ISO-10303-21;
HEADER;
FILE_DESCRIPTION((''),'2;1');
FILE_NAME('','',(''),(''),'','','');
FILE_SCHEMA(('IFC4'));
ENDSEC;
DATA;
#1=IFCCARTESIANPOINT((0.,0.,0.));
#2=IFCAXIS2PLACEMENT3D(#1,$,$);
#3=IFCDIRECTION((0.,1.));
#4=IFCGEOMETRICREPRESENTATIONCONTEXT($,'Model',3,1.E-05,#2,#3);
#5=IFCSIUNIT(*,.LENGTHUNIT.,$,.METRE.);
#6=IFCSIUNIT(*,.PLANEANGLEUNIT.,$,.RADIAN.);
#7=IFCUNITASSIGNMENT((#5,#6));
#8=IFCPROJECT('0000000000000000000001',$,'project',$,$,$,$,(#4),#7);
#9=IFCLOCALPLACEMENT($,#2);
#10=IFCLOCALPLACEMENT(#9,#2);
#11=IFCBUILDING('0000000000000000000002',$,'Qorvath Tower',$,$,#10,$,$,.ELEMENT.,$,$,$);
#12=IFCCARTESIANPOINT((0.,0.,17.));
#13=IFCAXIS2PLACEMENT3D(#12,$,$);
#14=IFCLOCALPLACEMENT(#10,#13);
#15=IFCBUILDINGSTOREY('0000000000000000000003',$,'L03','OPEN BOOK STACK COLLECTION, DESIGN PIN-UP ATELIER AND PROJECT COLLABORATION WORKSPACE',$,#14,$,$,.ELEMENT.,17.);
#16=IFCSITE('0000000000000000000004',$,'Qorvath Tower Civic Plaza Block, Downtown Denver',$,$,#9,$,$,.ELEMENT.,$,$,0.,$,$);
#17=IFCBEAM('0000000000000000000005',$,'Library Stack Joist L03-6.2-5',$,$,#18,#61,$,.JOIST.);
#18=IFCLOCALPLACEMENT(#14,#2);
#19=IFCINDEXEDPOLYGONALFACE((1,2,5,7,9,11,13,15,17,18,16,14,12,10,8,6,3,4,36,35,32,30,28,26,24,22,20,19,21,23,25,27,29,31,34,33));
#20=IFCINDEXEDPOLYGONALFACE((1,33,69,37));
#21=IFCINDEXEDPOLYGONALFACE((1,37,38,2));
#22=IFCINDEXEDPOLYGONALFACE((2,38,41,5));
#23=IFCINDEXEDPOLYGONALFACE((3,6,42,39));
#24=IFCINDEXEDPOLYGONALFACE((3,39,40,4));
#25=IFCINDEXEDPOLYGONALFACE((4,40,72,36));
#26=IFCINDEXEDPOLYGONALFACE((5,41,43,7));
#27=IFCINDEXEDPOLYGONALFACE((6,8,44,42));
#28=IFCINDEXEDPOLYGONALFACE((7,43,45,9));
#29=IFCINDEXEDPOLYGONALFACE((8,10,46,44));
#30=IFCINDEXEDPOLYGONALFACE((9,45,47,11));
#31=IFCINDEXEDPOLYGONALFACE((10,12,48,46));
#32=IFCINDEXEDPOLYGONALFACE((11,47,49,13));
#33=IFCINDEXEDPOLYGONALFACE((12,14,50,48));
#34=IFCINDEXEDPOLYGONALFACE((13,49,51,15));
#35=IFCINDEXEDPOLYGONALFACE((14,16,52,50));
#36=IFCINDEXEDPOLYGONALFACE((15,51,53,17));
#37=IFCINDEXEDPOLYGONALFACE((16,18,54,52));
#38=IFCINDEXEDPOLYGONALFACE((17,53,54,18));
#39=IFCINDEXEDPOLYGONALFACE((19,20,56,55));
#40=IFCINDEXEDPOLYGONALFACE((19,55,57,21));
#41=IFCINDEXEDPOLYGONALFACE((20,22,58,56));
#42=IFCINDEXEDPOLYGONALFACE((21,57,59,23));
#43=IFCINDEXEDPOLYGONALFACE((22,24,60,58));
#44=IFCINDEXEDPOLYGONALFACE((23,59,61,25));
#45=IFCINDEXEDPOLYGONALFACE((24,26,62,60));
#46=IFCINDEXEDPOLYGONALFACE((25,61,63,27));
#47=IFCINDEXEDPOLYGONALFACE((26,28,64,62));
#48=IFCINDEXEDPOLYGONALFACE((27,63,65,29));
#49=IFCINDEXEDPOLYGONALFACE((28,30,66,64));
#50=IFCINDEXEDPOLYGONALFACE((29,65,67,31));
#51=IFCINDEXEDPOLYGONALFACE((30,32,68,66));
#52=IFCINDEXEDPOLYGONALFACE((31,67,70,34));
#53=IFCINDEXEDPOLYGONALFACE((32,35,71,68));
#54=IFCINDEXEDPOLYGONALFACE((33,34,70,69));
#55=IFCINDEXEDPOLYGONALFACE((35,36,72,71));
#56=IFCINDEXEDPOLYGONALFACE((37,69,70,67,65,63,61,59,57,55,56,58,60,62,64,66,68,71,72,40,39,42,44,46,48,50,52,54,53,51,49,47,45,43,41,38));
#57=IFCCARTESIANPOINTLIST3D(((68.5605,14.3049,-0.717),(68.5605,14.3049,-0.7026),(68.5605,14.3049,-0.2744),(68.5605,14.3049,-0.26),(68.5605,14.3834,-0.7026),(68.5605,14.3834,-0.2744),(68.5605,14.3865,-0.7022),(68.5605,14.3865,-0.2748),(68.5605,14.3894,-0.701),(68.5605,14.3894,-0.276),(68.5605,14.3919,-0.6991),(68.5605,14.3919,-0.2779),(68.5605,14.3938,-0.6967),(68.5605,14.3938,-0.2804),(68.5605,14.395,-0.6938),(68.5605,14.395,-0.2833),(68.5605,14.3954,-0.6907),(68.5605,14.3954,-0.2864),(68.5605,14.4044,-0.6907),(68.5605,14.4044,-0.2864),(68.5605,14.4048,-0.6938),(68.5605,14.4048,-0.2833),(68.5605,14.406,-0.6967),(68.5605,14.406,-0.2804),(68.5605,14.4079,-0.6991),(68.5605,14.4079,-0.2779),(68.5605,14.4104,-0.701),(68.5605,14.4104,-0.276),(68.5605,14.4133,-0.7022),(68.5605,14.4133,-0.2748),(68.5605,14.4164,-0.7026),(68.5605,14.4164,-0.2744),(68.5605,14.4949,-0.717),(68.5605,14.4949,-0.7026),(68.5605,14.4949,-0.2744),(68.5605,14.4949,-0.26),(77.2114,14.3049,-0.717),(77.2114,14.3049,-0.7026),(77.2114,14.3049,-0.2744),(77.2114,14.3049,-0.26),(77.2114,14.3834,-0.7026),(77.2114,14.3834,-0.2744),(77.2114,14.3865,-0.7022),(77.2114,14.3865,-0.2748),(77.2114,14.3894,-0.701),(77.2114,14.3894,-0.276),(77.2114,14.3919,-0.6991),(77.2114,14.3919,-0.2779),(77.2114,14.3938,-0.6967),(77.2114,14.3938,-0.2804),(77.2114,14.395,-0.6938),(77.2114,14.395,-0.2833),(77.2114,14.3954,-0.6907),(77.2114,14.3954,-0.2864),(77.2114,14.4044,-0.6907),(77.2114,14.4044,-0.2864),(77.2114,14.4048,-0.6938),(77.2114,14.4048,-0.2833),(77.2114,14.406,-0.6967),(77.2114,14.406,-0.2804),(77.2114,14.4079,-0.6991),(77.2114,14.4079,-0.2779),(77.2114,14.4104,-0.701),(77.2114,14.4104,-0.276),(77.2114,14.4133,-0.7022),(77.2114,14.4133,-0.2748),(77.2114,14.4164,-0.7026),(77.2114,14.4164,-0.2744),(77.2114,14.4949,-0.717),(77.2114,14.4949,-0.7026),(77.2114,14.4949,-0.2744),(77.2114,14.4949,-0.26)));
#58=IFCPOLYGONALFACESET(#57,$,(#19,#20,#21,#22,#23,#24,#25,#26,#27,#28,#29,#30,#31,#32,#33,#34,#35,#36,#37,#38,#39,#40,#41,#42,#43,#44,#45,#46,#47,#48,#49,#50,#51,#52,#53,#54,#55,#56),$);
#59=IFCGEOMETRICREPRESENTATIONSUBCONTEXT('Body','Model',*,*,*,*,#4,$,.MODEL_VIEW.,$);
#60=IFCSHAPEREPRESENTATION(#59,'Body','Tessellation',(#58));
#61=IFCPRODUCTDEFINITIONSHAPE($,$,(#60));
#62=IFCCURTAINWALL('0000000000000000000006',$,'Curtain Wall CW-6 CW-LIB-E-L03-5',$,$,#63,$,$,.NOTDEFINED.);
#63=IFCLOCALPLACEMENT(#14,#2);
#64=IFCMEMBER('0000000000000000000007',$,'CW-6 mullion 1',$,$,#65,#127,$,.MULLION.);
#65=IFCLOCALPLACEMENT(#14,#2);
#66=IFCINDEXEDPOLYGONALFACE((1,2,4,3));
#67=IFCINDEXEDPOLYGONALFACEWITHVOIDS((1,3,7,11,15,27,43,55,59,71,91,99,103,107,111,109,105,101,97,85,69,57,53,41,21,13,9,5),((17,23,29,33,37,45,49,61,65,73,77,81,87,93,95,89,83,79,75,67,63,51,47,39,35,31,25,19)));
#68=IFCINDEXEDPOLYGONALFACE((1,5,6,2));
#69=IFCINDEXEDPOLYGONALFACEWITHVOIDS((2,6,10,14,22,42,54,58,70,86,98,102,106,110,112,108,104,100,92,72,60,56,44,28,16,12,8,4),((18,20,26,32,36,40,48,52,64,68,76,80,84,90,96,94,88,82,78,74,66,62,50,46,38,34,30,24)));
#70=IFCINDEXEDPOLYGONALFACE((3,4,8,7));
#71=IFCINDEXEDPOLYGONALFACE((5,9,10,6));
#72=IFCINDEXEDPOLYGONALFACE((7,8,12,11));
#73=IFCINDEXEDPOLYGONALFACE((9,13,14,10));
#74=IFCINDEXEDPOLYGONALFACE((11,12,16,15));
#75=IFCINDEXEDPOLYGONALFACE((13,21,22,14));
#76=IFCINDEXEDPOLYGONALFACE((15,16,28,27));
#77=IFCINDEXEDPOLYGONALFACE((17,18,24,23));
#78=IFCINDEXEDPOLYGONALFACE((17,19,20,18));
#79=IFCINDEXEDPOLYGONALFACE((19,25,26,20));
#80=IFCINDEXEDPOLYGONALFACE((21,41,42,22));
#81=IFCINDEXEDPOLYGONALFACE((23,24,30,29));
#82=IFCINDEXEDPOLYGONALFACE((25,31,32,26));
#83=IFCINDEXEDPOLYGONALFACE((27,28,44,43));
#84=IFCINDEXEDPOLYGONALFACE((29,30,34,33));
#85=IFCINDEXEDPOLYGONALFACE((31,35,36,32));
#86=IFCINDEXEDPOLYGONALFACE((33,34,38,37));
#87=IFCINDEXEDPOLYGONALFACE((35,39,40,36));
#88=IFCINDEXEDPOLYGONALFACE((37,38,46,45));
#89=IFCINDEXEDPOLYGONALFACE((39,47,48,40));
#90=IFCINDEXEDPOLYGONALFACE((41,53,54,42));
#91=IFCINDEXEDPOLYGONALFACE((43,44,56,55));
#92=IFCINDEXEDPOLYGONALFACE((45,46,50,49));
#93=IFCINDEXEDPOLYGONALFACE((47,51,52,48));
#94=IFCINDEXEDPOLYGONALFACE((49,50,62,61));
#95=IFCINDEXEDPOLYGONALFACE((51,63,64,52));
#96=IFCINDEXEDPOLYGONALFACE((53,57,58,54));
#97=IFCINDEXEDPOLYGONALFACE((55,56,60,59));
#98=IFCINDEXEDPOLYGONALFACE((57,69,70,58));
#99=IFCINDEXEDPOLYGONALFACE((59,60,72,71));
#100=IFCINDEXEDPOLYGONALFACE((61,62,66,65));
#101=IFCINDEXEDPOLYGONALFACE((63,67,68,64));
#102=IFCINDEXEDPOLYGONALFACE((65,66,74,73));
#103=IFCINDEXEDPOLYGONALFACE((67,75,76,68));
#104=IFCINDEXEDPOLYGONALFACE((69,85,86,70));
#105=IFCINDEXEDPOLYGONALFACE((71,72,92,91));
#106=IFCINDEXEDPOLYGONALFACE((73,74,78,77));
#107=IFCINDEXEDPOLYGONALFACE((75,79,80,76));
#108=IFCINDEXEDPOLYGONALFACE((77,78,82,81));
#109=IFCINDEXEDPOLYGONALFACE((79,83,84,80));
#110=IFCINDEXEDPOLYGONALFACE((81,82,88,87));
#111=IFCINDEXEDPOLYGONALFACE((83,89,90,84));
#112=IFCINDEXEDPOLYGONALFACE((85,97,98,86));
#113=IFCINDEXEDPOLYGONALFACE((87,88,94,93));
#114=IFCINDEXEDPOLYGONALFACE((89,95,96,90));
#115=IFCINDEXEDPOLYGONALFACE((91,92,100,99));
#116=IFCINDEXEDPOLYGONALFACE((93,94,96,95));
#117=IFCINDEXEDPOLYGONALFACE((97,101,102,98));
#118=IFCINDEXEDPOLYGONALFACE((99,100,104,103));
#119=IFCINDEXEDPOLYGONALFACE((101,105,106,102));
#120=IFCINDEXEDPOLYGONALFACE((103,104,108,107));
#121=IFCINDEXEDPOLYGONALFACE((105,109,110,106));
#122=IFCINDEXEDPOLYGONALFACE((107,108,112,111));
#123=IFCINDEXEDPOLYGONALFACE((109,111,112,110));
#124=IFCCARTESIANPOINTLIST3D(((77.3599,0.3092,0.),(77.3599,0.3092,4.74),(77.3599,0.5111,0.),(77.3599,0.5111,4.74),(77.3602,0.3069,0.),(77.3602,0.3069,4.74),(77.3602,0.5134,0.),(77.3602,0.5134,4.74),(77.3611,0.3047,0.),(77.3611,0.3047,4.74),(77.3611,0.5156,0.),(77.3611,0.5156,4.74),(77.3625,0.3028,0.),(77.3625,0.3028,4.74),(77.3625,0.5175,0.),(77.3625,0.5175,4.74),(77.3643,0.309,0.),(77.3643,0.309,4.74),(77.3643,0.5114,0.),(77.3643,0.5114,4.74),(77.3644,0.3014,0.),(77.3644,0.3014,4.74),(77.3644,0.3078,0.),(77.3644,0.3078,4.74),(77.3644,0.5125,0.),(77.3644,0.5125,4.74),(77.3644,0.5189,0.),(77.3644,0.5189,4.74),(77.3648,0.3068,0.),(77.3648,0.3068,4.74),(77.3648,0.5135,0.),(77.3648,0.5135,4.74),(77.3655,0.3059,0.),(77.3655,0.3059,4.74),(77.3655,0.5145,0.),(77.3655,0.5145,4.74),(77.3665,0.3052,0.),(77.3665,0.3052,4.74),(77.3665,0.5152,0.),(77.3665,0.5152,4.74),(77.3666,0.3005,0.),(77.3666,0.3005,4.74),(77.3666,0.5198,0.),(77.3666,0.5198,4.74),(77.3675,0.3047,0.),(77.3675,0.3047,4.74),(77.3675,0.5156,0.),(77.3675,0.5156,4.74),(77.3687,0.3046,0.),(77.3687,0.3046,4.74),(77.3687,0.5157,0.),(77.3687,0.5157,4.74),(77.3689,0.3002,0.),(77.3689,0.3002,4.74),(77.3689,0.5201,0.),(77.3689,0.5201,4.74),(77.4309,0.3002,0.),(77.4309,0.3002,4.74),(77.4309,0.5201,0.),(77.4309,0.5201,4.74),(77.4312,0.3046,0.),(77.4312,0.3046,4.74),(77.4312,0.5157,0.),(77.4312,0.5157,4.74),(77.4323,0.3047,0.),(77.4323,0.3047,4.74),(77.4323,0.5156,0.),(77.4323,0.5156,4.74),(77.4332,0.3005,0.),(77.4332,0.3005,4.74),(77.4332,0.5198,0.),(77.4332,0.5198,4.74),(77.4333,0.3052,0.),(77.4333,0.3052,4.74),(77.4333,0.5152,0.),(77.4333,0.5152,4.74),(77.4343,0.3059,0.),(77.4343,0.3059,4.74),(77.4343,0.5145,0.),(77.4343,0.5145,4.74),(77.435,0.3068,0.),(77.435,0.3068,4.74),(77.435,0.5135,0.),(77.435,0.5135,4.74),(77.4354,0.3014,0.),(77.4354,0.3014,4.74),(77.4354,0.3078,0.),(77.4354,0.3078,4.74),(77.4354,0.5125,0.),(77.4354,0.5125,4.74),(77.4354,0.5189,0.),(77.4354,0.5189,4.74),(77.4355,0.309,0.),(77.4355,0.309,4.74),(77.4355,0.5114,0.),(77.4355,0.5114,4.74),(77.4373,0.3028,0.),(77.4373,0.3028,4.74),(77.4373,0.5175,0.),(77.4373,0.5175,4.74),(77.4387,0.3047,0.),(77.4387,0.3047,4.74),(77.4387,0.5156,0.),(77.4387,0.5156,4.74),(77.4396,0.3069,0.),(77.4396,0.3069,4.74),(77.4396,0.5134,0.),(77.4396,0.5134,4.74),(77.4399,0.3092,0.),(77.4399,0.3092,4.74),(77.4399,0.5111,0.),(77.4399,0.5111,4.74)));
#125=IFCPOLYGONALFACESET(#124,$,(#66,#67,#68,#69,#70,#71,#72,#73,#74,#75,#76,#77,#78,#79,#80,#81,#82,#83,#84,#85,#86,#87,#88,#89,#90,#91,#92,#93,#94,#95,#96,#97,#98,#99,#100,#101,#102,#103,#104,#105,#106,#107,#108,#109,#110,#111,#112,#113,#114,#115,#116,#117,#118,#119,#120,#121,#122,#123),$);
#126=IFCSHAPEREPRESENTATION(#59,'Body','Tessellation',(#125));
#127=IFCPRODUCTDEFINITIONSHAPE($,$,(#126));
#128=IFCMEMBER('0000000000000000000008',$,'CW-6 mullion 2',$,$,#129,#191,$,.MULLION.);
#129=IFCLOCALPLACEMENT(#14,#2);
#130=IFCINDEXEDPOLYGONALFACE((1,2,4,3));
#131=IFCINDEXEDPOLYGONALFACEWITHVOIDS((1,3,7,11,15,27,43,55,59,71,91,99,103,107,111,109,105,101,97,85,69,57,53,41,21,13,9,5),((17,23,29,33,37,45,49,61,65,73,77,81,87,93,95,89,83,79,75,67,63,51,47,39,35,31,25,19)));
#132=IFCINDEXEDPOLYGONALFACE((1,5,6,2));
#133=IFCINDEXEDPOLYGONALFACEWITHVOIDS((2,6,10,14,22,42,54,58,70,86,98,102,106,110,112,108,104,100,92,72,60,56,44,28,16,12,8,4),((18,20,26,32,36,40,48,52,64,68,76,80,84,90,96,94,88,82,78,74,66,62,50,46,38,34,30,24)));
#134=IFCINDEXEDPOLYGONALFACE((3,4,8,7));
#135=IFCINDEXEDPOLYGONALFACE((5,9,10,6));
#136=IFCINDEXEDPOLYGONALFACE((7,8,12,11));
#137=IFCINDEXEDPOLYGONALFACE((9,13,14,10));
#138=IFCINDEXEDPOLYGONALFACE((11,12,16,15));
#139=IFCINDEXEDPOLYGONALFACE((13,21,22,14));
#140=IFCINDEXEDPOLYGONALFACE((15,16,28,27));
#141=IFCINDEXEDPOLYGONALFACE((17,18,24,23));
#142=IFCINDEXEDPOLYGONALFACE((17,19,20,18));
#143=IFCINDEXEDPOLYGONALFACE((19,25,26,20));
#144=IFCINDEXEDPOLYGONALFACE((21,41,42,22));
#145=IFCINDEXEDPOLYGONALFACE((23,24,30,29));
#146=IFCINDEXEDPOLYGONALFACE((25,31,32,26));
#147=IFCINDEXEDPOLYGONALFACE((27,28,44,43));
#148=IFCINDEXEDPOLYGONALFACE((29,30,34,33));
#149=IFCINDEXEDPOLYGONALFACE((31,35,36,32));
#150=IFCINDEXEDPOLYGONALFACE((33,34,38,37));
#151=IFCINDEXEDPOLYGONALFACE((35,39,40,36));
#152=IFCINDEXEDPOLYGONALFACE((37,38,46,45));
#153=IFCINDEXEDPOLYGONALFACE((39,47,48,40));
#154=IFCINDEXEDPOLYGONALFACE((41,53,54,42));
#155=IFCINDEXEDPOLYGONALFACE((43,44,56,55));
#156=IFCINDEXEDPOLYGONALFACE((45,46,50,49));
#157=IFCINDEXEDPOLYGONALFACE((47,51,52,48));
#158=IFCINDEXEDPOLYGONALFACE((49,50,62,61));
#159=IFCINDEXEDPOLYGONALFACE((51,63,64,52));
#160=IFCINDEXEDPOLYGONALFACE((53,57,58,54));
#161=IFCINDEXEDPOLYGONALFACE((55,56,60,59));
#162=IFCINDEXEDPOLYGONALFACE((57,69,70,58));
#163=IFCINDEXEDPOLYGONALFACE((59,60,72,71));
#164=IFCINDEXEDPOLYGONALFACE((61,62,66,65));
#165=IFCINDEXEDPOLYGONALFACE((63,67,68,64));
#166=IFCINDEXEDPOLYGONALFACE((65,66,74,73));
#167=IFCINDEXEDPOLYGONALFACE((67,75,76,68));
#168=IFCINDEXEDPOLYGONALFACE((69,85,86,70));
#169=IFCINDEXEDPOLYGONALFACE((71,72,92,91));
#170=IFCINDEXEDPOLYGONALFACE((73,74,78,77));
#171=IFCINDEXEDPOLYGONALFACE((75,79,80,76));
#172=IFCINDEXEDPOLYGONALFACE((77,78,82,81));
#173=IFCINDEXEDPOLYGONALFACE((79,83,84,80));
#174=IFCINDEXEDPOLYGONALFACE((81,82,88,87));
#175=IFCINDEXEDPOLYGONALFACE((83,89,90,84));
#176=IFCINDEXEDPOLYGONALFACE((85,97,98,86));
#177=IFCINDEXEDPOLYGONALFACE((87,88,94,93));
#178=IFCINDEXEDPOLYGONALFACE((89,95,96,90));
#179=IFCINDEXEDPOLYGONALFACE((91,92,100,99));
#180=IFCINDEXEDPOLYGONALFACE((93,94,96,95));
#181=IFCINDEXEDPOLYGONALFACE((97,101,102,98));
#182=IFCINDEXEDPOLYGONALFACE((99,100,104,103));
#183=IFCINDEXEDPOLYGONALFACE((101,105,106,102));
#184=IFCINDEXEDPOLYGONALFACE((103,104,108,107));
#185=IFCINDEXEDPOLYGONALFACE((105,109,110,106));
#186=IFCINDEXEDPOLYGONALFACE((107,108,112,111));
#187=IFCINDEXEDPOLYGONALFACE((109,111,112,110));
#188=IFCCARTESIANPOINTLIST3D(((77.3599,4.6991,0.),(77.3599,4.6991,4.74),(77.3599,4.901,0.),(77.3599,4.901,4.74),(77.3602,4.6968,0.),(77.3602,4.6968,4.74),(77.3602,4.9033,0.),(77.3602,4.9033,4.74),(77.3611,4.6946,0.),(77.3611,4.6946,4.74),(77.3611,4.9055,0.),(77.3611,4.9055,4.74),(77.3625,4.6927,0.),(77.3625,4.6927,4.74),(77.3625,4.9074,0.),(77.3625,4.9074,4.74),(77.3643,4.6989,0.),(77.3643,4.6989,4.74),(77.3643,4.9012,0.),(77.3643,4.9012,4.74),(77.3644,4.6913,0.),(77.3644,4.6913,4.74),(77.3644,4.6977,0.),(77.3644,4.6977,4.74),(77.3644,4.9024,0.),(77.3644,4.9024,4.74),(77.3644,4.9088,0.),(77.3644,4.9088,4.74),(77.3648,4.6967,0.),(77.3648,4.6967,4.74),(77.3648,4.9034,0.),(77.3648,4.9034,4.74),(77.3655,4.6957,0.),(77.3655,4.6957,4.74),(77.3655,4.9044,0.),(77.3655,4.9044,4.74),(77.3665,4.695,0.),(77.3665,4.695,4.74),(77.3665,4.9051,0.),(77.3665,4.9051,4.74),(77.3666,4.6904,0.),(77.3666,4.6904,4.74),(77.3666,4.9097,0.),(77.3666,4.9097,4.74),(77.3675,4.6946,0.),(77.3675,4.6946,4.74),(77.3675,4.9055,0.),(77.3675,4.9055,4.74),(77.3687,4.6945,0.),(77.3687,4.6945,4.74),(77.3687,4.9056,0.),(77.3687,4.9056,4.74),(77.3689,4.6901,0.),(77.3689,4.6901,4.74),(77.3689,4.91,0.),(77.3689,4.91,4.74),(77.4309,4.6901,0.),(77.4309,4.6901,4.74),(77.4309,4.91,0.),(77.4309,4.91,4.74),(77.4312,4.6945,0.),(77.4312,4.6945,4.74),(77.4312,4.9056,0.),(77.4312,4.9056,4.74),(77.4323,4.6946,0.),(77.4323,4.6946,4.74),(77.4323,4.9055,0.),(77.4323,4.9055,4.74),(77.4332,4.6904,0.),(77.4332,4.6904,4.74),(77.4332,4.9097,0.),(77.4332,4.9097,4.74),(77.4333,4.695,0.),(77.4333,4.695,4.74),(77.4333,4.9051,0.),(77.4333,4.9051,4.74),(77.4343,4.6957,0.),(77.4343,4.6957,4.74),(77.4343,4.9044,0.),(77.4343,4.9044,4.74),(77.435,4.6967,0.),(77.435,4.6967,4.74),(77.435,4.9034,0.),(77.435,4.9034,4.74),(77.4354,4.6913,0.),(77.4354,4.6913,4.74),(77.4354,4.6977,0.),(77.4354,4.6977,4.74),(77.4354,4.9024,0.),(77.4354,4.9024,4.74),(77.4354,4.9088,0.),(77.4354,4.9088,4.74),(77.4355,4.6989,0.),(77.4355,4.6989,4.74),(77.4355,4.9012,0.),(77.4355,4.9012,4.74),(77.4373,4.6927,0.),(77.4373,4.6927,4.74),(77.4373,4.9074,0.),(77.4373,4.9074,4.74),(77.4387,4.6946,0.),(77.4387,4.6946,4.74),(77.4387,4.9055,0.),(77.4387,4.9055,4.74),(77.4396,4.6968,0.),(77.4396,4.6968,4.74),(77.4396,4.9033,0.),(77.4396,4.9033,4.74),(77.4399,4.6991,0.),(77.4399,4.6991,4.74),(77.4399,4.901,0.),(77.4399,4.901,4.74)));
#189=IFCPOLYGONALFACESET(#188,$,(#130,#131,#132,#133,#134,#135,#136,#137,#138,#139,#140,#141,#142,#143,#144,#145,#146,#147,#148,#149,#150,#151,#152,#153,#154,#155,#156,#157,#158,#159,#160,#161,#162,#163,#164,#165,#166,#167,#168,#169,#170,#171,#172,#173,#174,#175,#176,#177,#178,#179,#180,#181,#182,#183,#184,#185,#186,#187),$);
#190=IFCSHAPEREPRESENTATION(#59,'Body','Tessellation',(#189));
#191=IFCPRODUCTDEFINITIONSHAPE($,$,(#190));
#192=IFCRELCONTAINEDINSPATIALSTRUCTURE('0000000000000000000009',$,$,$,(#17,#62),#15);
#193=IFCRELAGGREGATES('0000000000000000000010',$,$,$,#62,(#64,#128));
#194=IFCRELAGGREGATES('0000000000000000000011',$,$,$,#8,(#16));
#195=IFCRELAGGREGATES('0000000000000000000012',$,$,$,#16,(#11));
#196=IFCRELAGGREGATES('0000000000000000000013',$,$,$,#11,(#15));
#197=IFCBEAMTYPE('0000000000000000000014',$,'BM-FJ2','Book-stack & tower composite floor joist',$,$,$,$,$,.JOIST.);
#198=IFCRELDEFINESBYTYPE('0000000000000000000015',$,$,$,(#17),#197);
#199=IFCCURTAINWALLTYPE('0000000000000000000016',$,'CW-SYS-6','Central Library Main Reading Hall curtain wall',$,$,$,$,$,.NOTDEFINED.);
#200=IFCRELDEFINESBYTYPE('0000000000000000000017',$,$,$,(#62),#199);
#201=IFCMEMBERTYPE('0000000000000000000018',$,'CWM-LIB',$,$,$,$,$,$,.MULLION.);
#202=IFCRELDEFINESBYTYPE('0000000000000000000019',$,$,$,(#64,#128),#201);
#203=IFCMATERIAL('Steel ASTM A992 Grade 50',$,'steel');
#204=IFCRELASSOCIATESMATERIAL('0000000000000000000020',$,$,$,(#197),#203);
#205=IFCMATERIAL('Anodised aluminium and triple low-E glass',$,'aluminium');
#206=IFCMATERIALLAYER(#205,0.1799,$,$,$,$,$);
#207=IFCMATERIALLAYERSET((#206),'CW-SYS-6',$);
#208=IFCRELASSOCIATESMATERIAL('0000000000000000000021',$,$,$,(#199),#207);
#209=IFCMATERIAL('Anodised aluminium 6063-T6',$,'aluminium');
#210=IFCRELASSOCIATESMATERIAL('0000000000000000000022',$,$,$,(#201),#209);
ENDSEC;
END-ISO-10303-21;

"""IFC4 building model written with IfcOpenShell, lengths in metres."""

from ifc_helpers import new_model, si_unit, direction, frame, origin, origin_2d, place, context, subcontext, project, spatial, hollow_rectangle, i_section, extrude, material, layer, layer_set, material_profile, profile_set, type_object, element, aggregate, save


model = new_model("IFC4")

# Units and contexts
model_context = context("Model", 3, precision=1e-05, world=origin(), true_north=direction((0.0, 1.0)))
body_context = subcontext(model_context, "Body", "Model", "MODEL_VIEW")
ifc_project = project(units=[si_unit("LENGTHUNIT", "METRE"), si_unit("PLANEANGLEUNIT", "RADIAN")], contexts=[model_context])

# Site, building, storey
site_placement = place(None, origin())
site = spatial("IfcSite", under=ifc_project, at=site_placement, Name="Qorvath Tower Civic Plaza Block, Downtown Denver", CompositionType="ELEMENT", RefElevation=0.0)
building_placement = place(site_placement, origin())
building = spatial("IfcBuilding", under=site, at=building_placement, Name="Qorvath Tower", CompositionType="ELEMENT")
storey_placement = place(building_placement, frame((0.0, 0.0, 17.0)))
storey = spatial("IfcBuildingStorey", under=building, at=storey_placement, Name="L03", Description="OPEN BOOK STACK COLLECTION, DESIGN PIN-UP ATELIER AND PROJECT COLLABORATION WORKSPACE", CompositionType="ELEMENT", Elevation=17.0)

# Beam
ifc_material_1 = material(Name="Steel ASTM A992 Grade 50", Category="steel")
ifc_material_profile_1 = material_profile(ifc_material_1, i_section(OverallWidth=0.1899, OverallDepth=0.457, WebThickness=0.009, FlangeThickness=0.0144, FilletRadius=0.012, at=origin_2d()), Name="W18x50")
ifc_profile_set_1 = profile_set([ifc_material_profile_1], Name="Steel ASTM A992 Grade 50")
beam_type_1 = type_object("IfcBeamType", Name="BM-FJ2", Description="Book-stack & tower composite floor joist", PredefinedType="JOIST", material=ifc_profile_set_1)
for number, where, z_axis, x_axis, name in (
    (1, (68.5605, 14.3999, -0.4885), (1.0, 0.0, 0.0), (0.0, 1.0, 0.0), "Library Stack Joist L03-6.2-5"),
):
    element("IfcBeam", number, at=place(storey_placement, frame(where, z_axis=z_axis, x_axis=x_axis)), inside=storey, type_object=beam_type_1, Name=name, PredefinedType="JOIST", context=body_context, shape_type="SweptSolid", body=[
        extrude(i_section(OverallWidth=0.1899, OverallDepth=0.457, WebThickness=0.009, FlangeThickness=0.0144, FilletRadius=0.012, at=origin_2d()), origin(), (0.0, 0.0, 1.0), 8.6509),
    ])

# Curtain wall, members
ifc_material_2 = material(Name="Anodised aluminium and triple low-E glass", Category="aluminium")
ifc_layer_1 = layer(ifc_material_2, 0.1799)
ifc_layer_set_1 = layer_set([ifc_layer_1], Name="CW-SYS-6")
curtain_wall_type = type_object("IfcCurtainWallType", Name="CW-SYS-6", Description="Central Library Main Reading Hall curtain wall", PredefinedType="NOTDEFINED", material=ifc_layer_set_1)
curtain_wall_1_placement = place(storey_placement, origin())
curtain_wall_1 = element("IfcCurtainWall", 2, at=curtain_wall_1_placement, inside=storey, type_object=curtain_wall_type, Name="Curtain Wall CW-6 CW-LIB-E-L03-5", PredefinedType="NOTDEFINED")
ifc_material_3 = material(Name="Anodised aluminium 6063-T6", Category="aluminium")
ifc_material_profile_2 = material_profile(ifc_material_3, hollow_rectangle(XDim=0.0801, YDim=0.22, WallThickness=0.0044, InnerFilletRadius=0.0044, OuterFilletRadius=0.009, at=origin_2d()), Name="CWM LIB 220x80")
ifc_profile_set_2 = profile_set([ifc_material_profile_2], Name="Anodised aluminium 6063-T6")
member_type_1 = type_object("IfcMemberType", Name="CWM-LIB", PredefinedType="MULLION", material=ifc_profile_set_2)
member_1_placement = place(storey_placement, frame((77.3999, 0.4102, 0.0), z_axis=(0.0, 0.0, 1.0), x_axis=(-1.0, 0.0, 0.0)))
member_1 = element("IfcMember", 3, at=member_1_placement, type_object=member_type_1, Name="CW-6 mullion 1", PredefinedType="MULLION", context=body_context, shape_type="SweptSolid", body=[
    extrude(hollow_rectangle(XDim=0.0801, YDim=0.22, WallThickness=0.0044, InnerFilletRadius=0.0044, OuterFilletRadius=0.009, at=origin_2d()), origin(), (0.0, 0.0, 1.0), 4.74),
])
member_2_placement = place(storey_placement, frame((77.3999, 4.8, 0.0), z_axis=(0.0, 0.0, 1.0), x_axis=(-1.0, 0.0, 0.0)))
member_2 = element("IfcMember", 4, at=member_2_placement, type_object=member_type_1, Name="CW-6 mullion 2", PredefinedType="MULLION", context=body_context, shape_type="SweptSolid", body=[
    extrude(hollow_rectangle(XDim=0.0801, YDim=0.22, WallThickness=0.0044, InnerFilletRadius=0.0044, OuterFilletRadius=0.009, at=origin_2d()), origin(), (0.0, 0.0, 1.0), 4.74),
])

aggregate(curtain_wall_1, [member_1, member_2])

save(model, "model.ifc")
